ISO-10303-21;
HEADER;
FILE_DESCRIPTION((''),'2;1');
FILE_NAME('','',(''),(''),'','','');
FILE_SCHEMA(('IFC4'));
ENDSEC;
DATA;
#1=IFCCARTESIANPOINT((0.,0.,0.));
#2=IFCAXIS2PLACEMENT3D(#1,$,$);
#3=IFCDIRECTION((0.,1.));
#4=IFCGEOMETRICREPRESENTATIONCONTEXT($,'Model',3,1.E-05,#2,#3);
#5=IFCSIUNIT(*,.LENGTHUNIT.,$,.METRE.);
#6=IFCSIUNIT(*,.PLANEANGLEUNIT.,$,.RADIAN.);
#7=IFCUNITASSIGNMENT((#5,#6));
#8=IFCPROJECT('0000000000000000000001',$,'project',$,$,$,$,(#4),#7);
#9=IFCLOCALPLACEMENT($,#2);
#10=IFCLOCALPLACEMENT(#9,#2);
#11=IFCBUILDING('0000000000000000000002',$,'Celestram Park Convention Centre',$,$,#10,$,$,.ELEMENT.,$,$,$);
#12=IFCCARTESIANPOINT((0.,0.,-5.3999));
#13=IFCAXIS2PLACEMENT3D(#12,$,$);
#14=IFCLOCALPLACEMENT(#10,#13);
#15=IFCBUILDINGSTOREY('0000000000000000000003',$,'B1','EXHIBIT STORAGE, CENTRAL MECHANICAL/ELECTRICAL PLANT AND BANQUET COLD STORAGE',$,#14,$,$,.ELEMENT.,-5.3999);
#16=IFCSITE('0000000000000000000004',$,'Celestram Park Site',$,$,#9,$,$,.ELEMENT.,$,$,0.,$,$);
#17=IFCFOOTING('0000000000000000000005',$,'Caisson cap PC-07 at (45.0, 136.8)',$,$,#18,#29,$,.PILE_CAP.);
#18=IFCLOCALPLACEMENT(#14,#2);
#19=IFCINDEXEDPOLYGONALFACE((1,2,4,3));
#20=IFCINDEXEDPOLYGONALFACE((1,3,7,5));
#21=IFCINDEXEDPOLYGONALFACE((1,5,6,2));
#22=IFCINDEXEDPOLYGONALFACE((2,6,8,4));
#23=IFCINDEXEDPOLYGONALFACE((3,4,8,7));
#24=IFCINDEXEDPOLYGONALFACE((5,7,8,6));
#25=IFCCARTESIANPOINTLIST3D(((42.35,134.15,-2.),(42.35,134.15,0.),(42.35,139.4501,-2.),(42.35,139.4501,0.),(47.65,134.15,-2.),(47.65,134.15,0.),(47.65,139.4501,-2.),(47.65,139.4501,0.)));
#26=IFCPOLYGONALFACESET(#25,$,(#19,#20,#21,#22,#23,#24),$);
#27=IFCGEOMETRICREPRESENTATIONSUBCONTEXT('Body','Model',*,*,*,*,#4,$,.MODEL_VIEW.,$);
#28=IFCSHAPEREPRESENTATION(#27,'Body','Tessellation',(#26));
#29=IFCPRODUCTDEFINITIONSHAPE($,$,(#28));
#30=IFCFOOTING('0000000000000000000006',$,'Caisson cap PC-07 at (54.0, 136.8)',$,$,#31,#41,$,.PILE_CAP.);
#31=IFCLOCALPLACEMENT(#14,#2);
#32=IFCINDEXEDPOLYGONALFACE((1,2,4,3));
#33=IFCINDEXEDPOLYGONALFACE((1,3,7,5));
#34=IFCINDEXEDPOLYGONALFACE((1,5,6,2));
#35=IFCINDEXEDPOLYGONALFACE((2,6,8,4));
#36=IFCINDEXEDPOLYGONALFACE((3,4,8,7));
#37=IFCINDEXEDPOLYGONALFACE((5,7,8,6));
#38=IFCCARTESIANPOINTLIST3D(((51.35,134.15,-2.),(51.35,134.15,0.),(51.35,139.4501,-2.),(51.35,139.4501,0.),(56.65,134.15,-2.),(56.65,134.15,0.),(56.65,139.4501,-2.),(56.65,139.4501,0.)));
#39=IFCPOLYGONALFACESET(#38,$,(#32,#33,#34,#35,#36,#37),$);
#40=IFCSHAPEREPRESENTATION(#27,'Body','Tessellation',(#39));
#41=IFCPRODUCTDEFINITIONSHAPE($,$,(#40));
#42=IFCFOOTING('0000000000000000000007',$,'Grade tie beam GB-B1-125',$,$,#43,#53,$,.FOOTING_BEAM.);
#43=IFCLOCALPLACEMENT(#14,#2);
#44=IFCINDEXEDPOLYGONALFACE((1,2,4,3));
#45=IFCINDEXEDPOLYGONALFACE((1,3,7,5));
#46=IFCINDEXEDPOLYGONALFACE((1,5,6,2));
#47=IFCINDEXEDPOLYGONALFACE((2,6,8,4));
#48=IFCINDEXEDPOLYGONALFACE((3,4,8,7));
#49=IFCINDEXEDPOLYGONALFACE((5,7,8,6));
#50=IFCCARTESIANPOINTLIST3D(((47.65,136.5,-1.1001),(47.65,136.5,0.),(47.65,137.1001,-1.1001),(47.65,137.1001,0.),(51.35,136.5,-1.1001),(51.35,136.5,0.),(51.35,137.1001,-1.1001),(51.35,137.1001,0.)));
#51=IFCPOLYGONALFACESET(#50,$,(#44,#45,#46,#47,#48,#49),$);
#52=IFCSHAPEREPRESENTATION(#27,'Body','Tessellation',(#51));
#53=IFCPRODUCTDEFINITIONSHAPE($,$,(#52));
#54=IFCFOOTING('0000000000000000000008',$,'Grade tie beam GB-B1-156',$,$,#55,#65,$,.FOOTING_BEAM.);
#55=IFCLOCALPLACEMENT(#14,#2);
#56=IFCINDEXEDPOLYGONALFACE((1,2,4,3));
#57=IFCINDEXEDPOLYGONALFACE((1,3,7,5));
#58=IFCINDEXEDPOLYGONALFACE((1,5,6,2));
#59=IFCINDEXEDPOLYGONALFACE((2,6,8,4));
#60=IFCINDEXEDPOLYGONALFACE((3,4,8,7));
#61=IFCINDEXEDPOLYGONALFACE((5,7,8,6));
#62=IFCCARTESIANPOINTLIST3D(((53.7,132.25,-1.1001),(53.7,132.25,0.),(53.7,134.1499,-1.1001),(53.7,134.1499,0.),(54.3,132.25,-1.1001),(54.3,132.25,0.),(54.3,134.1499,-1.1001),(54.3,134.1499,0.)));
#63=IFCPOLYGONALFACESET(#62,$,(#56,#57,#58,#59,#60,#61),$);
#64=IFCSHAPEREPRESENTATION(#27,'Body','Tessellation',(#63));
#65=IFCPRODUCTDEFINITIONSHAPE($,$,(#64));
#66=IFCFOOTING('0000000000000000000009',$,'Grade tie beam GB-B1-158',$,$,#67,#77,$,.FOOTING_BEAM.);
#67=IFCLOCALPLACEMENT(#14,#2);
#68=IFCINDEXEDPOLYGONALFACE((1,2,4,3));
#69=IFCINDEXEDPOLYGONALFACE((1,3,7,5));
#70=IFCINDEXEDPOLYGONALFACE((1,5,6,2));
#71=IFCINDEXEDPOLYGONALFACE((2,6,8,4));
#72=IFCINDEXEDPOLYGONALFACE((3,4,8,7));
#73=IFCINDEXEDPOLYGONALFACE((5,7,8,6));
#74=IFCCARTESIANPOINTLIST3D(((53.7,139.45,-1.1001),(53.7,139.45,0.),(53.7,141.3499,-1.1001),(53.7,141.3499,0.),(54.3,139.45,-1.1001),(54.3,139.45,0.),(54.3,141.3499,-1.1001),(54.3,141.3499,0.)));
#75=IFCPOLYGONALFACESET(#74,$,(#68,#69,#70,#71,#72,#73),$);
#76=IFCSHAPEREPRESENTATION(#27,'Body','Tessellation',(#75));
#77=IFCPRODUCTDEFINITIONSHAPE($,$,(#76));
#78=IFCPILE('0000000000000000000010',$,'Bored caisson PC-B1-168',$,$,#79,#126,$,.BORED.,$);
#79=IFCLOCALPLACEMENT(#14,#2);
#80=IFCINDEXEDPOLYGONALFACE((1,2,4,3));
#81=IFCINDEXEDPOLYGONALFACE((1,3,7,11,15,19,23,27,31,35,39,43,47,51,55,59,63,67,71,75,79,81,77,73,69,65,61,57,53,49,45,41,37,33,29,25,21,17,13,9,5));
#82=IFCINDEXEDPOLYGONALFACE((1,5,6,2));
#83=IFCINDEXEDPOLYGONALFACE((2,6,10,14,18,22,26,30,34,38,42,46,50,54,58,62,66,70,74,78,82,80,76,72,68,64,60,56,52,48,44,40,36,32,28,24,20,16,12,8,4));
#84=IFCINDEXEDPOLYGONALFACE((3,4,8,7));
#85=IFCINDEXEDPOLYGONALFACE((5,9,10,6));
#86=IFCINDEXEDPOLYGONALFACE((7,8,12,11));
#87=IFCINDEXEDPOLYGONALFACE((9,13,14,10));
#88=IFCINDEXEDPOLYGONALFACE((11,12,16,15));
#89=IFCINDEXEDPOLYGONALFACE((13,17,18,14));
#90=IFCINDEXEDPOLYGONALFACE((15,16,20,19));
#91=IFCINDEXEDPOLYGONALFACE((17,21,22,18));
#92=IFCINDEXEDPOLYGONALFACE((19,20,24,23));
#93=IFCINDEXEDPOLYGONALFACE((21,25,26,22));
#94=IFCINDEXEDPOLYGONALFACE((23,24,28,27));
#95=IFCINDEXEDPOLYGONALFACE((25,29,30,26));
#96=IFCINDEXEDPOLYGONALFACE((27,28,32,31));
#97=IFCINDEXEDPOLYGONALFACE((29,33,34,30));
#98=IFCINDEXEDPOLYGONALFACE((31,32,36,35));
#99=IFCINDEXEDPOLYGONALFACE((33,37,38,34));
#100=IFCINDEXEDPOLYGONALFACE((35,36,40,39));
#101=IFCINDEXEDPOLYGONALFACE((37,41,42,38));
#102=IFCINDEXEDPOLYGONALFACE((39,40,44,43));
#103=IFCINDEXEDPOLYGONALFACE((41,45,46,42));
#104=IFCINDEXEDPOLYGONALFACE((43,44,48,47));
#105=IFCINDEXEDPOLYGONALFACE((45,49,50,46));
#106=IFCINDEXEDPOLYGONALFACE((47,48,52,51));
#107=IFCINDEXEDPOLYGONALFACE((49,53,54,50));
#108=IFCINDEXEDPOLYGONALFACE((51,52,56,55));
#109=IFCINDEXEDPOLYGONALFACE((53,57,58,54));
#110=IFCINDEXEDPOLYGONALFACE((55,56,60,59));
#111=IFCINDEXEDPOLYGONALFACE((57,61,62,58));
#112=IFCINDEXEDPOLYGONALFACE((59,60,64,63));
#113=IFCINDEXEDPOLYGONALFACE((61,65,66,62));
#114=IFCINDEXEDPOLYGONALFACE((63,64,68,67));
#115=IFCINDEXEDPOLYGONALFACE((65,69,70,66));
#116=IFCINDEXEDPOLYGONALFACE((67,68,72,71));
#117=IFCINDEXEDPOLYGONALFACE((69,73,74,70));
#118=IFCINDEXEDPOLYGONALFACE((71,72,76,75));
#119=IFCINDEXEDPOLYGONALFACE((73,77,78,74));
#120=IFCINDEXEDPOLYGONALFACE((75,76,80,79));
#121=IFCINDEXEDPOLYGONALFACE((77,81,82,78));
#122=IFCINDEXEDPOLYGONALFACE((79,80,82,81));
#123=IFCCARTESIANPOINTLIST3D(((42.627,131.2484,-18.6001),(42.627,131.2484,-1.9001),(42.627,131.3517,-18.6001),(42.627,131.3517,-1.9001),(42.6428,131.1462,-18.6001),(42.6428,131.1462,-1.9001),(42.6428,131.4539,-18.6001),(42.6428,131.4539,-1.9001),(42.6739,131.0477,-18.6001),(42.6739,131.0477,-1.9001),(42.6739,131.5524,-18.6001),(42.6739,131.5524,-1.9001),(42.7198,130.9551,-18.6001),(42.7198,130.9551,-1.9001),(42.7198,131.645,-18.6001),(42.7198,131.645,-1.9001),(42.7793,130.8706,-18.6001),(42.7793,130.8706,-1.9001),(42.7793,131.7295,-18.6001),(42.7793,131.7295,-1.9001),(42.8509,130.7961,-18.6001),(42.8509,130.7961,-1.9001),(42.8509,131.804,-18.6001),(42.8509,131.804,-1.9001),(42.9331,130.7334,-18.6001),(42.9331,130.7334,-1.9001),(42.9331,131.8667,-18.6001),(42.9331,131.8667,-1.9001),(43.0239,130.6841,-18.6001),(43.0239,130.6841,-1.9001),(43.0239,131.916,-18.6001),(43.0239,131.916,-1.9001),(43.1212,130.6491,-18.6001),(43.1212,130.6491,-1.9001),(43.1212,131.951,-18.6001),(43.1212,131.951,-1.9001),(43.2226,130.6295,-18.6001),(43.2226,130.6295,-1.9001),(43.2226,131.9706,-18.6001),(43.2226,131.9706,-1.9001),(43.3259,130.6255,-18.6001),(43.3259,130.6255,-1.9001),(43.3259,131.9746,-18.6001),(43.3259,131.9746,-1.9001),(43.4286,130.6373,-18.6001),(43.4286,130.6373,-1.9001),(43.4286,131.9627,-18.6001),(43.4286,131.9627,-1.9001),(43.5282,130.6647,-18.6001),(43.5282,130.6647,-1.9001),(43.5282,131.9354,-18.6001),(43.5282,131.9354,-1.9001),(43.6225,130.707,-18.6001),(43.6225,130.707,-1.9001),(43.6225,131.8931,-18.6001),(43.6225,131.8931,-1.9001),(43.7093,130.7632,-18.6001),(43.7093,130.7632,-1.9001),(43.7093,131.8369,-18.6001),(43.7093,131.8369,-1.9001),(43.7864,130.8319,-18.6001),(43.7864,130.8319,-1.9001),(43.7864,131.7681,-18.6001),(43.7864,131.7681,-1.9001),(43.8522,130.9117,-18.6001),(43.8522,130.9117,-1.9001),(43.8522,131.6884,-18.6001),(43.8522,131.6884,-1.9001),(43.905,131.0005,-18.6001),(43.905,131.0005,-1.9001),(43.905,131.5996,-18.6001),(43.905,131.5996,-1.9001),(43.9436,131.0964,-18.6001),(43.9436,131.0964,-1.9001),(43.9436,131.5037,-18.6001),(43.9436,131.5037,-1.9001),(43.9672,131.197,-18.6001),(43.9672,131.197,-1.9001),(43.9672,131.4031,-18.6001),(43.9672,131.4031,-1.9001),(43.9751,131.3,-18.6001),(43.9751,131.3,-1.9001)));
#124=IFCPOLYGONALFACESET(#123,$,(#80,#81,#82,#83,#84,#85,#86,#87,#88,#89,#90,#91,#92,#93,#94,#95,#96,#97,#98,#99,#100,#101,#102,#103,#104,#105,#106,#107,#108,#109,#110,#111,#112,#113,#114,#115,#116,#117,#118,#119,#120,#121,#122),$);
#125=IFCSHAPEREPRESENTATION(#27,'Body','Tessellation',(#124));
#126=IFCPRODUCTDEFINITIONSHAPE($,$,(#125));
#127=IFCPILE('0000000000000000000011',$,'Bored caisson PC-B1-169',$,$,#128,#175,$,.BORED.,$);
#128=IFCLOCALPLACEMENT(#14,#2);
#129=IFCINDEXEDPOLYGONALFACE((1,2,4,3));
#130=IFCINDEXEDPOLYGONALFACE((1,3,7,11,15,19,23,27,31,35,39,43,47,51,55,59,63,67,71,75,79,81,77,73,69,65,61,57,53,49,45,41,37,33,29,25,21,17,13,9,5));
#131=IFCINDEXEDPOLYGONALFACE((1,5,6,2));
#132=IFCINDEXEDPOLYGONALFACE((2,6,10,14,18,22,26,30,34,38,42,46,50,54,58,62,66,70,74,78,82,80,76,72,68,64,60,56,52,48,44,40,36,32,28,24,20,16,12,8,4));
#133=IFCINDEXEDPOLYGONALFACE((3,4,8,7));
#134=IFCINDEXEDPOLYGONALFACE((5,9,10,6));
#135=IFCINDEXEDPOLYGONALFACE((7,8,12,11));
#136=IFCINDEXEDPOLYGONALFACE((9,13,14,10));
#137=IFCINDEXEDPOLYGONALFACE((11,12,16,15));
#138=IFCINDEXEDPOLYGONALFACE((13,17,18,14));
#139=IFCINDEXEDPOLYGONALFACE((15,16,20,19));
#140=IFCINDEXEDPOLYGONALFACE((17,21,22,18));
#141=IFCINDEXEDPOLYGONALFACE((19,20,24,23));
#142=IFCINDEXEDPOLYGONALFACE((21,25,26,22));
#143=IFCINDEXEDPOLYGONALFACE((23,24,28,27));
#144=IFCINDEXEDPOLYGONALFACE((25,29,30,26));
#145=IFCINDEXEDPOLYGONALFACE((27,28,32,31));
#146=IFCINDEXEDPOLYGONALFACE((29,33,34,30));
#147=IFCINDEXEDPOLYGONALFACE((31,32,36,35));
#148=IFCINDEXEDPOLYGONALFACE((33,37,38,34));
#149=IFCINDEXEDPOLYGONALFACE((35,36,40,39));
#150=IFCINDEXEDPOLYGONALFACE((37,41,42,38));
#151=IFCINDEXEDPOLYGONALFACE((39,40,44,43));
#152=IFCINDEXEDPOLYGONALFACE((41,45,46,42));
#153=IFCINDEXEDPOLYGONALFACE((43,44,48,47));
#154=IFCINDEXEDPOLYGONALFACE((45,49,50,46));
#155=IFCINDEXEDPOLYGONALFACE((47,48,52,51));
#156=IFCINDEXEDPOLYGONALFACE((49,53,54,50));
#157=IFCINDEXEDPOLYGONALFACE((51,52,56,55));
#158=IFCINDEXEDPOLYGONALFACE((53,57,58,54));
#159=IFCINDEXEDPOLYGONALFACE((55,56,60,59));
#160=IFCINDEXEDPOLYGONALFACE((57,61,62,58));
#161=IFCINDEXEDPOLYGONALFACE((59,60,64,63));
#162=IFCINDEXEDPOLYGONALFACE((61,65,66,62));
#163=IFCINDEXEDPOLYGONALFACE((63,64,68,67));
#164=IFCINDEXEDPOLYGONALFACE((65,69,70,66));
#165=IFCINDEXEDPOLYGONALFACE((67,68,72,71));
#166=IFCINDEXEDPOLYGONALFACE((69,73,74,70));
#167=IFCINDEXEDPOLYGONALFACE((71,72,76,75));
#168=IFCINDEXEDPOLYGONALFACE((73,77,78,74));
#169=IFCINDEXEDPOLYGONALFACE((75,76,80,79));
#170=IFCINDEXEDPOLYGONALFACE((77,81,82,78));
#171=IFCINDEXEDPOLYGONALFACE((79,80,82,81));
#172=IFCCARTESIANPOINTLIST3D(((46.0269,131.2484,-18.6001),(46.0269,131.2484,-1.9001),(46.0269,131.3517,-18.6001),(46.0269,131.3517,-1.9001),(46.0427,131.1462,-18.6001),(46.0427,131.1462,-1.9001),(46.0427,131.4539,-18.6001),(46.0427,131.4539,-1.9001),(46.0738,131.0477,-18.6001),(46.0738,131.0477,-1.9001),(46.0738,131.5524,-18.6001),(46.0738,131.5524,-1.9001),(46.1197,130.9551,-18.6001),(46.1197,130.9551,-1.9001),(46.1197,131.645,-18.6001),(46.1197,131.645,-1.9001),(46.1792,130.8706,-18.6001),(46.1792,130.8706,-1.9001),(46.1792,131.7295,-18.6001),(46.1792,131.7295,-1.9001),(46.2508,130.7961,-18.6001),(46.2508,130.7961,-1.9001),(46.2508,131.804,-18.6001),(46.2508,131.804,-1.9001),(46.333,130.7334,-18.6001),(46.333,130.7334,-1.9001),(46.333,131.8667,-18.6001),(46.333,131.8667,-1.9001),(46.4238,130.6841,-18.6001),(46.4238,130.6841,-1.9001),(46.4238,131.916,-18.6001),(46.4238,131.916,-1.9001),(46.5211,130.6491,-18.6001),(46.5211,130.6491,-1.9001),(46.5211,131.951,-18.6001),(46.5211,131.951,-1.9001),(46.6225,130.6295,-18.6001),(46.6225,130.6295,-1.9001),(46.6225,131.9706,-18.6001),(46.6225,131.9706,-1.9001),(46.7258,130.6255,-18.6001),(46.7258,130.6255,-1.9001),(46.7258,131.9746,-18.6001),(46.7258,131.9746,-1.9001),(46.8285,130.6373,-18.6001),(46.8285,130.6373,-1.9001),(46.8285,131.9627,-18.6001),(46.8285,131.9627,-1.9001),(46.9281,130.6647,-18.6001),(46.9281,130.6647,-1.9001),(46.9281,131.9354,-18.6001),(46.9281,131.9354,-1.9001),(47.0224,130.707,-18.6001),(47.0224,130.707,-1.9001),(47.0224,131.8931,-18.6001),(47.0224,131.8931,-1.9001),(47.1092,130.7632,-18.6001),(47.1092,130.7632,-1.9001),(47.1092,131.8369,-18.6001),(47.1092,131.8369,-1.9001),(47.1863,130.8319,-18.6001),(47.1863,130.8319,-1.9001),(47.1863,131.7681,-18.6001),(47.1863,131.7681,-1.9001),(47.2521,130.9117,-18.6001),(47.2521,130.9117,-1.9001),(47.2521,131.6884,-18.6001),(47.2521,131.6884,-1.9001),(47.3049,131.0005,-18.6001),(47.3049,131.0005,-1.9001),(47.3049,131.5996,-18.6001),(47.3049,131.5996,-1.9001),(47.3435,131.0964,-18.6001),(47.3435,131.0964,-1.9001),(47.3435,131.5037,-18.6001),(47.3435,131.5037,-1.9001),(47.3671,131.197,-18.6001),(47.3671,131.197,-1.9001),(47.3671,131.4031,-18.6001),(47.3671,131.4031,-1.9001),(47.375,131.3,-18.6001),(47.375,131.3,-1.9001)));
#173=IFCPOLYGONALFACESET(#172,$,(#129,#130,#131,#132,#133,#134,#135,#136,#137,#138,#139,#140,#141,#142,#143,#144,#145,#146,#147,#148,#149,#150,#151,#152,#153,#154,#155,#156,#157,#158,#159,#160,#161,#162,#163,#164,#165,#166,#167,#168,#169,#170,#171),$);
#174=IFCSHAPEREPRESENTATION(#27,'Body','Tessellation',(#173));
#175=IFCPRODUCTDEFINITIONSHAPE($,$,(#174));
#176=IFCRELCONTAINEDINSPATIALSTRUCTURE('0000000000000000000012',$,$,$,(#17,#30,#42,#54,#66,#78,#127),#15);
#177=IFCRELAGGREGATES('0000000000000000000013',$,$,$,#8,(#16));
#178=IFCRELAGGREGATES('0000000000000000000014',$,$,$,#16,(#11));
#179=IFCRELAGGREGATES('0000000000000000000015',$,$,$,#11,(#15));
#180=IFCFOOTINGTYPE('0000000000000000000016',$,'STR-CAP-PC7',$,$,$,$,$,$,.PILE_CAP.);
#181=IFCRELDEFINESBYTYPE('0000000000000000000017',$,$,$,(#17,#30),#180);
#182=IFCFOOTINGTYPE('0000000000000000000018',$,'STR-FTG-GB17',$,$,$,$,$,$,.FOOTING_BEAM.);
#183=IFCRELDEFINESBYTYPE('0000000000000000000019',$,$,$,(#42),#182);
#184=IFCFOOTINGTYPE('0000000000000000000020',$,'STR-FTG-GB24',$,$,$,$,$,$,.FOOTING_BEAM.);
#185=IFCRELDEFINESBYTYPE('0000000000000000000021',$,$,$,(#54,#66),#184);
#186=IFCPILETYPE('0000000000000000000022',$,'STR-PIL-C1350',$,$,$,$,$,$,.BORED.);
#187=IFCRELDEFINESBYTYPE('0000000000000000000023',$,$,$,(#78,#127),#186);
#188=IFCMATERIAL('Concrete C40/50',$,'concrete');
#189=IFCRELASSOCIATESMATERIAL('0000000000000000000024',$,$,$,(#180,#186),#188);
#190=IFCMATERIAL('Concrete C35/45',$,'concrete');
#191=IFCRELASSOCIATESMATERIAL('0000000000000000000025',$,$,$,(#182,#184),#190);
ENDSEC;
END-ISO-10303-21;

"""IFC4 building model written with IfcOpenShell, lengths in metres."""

from ifc_helpers import new_model, si_unit, direction, frame, origin, origin_2d, place, context, subcontext, project, spatial, rectangle, circle, extrude, material, material_profile, profile_set, type_object, element, save


model = new_model("IFC4")

# Units and contexts
model_context = context("Model", 3, precision=1e-05, world=origin(), true_north=direction((0.0, 1.0)))
body_context = subcontext(model_context, "Body", "Model", "MODEL_VIEW")
ifc_project = project(units=[si_unit("LENGTHUNIT", "METRE"), si_unit("PLANEANGLEUNIT", "RADIAN")], contexts=[model_context])

# Site, building, storey
site_placement = place(None, origin())
site = spatial("IfcSite", under=ifc_project, at=site_placement, Name="Celestram Park Site", CompositionType="ELEMENT", RefElevation=0.0)
building_placement = place(site_placement, origin())
building = spatial("IfcBuilding", under=site, at=building_placement, Name="Celestram Park Convention Centre", CompositionType="ELEMENT")
storey_placement = place(building_placement, frame((0.0, 0.0, -5.3999)))
storey = spatial("IfcBuildingStorey", under=building, at=storey_placement, Name="B1", Description="EXHIBIT STORAGE, CENTRAL MECHANICAL/ELECTRICAL PLANT AND BANQUET COLD STORAGE", CompositionType="ELEMENT", Elevation=-5.3999)

# Footings
ifc_material_1 = material(Name="Concrete C40/50", Category="concrete")
footing_type_1 = type_object("IfcFootingType", Name="STR-CAP-PC7", PredefinedType="PILE_CAP", material=ifc_material_1)
for number, where, z_axis, x_axis, name in (
    (1, (45.0, 136.8, -2.0), (0.0, 0.0, 1.0), (1.0, 0.0, 0.0), "Caisson cap PC-07 at (45.0, 136.8)"),
    (2, (54.0, 136.8, -2.0), (0.0, 0.0, 1.0), (1.0, 0.0, 0.0), "Caisson cap PC-07 at (54.0, 136.8)"),
):
    element("IfcFooting", number, at=place(storey_placement, frame(where, z_axis=z_axis, x_axis=x_axis)), inside=storey, type_object=footing_type_1, Name=name, PredefinedType="PILE_CAP", context=body_context, shape_type="SweptSolid", body=[
        extrude(rectangle(XDim=5.3, YDim=5.3, at=origin_2d()), origin(), (0.0, 0.0, 1.0), 2.0),
    ])
ifc_material_2 = material(Name="Concrete C35/45", Category="concrete")
footing_type_2 = type_object("IfcFootingType", Name="STR-FTG-GB17", PredefinedType="FOOTING_BEAM", material=ifc_material_2)
footing_placement = place(storey_placement, frame((49.5, 136.8, -1.1001), z_axis=(0.0, 0.0, 1.0), x_axis=(1.0, 0.0, 0.0)))
element("IfcFooting", 3, at=footing_placement, inside=storey, type_object=footing_type_2, Name="Grade tie beam GB-B1-125", PredefinedType="FOOTING_BEAM", context=body_context, shape_type="SweptSolid", body=[
    extrude(rectangle(XDim=3.7, YDim=0.6001, at=origin_2d()), origin(), (0.0, 0.0, 1.0), 1.1001),
])
footing_type_3 = type_object("IfcFootingType", Name="STR-FTG-GB24", PredefinedType="FOOTING_BEAM", material=ifc_material_2)
for number, where, z_axis, x_axis, name in (
    (4, (54.0, 133.2, -1.1001), (0.0, 0.0, 1.0), (0.0, 1.0, 0.0), "Grade tie beam GB-B1-156"),
    (5, (54.0, 140.3999, -1.1001), (0.0, 0.0, 1.0), (0.0, 1.0, 0.0), "Grade tie beam GB-B1-158"),
):
    element("IfcFooting", number, at=place(storey_placement, frame(where, z_axis=z_axis, x_axis=x_axis)), inside=storey, type_object=footing_type_3, Name=name, PredefinedType="FOOTING_BEAM", context=body_context, shape_type="SweptSolid", body=[
        extrude(rectangle(XDim=1.8999, YDim=0.6001, at=origin_2d()), origin(), (0.0, 0.0, 1.0), 1.1001),
    ])

# Piles
ifc_material_profile_1 = material_profile(ifc_material_1, circle(Radius=0.675, at=origin_2d()), Name="CAISSON1350")
ifc_profile_set_1 = profile_set([ifc_material_profile_1], Name="Concrete C40/50")
pile_type = type_object("IfcPileType", Name="STR-PIL-C1350", PredefinedType="BORED", material=ifc_profile_set_1)
for number, where, z_axis, x_axis, name in (
    (6, (43.3, 131.3, -1.9001), (0.0, 0.0, -1.0), (1.0, 0.0, 0.0), "Bored caisson PC-B1-168"),
    (7, (46.7, 131.3, -1.9001), (0.0, 0.0, -1.0), (1.0, 0.0, 0.0), "Bored caisson PC-B1-169"),
):
    element("IfcPile", number, at=place(storey_placement, frame(where, z_axis=z_axis, x_axis=x_axis)), inside=storey, type_object=pile_type, Name=name, PredefinedType="BORED", context=body_context, shape_type="SweptSolid", body=[
        extrude(circle(Radius=0.675, at=origin_2d()), origin(), (0.0, 0.0, 1.0), 16.7),
    ])

save(model, "model.ifc")
